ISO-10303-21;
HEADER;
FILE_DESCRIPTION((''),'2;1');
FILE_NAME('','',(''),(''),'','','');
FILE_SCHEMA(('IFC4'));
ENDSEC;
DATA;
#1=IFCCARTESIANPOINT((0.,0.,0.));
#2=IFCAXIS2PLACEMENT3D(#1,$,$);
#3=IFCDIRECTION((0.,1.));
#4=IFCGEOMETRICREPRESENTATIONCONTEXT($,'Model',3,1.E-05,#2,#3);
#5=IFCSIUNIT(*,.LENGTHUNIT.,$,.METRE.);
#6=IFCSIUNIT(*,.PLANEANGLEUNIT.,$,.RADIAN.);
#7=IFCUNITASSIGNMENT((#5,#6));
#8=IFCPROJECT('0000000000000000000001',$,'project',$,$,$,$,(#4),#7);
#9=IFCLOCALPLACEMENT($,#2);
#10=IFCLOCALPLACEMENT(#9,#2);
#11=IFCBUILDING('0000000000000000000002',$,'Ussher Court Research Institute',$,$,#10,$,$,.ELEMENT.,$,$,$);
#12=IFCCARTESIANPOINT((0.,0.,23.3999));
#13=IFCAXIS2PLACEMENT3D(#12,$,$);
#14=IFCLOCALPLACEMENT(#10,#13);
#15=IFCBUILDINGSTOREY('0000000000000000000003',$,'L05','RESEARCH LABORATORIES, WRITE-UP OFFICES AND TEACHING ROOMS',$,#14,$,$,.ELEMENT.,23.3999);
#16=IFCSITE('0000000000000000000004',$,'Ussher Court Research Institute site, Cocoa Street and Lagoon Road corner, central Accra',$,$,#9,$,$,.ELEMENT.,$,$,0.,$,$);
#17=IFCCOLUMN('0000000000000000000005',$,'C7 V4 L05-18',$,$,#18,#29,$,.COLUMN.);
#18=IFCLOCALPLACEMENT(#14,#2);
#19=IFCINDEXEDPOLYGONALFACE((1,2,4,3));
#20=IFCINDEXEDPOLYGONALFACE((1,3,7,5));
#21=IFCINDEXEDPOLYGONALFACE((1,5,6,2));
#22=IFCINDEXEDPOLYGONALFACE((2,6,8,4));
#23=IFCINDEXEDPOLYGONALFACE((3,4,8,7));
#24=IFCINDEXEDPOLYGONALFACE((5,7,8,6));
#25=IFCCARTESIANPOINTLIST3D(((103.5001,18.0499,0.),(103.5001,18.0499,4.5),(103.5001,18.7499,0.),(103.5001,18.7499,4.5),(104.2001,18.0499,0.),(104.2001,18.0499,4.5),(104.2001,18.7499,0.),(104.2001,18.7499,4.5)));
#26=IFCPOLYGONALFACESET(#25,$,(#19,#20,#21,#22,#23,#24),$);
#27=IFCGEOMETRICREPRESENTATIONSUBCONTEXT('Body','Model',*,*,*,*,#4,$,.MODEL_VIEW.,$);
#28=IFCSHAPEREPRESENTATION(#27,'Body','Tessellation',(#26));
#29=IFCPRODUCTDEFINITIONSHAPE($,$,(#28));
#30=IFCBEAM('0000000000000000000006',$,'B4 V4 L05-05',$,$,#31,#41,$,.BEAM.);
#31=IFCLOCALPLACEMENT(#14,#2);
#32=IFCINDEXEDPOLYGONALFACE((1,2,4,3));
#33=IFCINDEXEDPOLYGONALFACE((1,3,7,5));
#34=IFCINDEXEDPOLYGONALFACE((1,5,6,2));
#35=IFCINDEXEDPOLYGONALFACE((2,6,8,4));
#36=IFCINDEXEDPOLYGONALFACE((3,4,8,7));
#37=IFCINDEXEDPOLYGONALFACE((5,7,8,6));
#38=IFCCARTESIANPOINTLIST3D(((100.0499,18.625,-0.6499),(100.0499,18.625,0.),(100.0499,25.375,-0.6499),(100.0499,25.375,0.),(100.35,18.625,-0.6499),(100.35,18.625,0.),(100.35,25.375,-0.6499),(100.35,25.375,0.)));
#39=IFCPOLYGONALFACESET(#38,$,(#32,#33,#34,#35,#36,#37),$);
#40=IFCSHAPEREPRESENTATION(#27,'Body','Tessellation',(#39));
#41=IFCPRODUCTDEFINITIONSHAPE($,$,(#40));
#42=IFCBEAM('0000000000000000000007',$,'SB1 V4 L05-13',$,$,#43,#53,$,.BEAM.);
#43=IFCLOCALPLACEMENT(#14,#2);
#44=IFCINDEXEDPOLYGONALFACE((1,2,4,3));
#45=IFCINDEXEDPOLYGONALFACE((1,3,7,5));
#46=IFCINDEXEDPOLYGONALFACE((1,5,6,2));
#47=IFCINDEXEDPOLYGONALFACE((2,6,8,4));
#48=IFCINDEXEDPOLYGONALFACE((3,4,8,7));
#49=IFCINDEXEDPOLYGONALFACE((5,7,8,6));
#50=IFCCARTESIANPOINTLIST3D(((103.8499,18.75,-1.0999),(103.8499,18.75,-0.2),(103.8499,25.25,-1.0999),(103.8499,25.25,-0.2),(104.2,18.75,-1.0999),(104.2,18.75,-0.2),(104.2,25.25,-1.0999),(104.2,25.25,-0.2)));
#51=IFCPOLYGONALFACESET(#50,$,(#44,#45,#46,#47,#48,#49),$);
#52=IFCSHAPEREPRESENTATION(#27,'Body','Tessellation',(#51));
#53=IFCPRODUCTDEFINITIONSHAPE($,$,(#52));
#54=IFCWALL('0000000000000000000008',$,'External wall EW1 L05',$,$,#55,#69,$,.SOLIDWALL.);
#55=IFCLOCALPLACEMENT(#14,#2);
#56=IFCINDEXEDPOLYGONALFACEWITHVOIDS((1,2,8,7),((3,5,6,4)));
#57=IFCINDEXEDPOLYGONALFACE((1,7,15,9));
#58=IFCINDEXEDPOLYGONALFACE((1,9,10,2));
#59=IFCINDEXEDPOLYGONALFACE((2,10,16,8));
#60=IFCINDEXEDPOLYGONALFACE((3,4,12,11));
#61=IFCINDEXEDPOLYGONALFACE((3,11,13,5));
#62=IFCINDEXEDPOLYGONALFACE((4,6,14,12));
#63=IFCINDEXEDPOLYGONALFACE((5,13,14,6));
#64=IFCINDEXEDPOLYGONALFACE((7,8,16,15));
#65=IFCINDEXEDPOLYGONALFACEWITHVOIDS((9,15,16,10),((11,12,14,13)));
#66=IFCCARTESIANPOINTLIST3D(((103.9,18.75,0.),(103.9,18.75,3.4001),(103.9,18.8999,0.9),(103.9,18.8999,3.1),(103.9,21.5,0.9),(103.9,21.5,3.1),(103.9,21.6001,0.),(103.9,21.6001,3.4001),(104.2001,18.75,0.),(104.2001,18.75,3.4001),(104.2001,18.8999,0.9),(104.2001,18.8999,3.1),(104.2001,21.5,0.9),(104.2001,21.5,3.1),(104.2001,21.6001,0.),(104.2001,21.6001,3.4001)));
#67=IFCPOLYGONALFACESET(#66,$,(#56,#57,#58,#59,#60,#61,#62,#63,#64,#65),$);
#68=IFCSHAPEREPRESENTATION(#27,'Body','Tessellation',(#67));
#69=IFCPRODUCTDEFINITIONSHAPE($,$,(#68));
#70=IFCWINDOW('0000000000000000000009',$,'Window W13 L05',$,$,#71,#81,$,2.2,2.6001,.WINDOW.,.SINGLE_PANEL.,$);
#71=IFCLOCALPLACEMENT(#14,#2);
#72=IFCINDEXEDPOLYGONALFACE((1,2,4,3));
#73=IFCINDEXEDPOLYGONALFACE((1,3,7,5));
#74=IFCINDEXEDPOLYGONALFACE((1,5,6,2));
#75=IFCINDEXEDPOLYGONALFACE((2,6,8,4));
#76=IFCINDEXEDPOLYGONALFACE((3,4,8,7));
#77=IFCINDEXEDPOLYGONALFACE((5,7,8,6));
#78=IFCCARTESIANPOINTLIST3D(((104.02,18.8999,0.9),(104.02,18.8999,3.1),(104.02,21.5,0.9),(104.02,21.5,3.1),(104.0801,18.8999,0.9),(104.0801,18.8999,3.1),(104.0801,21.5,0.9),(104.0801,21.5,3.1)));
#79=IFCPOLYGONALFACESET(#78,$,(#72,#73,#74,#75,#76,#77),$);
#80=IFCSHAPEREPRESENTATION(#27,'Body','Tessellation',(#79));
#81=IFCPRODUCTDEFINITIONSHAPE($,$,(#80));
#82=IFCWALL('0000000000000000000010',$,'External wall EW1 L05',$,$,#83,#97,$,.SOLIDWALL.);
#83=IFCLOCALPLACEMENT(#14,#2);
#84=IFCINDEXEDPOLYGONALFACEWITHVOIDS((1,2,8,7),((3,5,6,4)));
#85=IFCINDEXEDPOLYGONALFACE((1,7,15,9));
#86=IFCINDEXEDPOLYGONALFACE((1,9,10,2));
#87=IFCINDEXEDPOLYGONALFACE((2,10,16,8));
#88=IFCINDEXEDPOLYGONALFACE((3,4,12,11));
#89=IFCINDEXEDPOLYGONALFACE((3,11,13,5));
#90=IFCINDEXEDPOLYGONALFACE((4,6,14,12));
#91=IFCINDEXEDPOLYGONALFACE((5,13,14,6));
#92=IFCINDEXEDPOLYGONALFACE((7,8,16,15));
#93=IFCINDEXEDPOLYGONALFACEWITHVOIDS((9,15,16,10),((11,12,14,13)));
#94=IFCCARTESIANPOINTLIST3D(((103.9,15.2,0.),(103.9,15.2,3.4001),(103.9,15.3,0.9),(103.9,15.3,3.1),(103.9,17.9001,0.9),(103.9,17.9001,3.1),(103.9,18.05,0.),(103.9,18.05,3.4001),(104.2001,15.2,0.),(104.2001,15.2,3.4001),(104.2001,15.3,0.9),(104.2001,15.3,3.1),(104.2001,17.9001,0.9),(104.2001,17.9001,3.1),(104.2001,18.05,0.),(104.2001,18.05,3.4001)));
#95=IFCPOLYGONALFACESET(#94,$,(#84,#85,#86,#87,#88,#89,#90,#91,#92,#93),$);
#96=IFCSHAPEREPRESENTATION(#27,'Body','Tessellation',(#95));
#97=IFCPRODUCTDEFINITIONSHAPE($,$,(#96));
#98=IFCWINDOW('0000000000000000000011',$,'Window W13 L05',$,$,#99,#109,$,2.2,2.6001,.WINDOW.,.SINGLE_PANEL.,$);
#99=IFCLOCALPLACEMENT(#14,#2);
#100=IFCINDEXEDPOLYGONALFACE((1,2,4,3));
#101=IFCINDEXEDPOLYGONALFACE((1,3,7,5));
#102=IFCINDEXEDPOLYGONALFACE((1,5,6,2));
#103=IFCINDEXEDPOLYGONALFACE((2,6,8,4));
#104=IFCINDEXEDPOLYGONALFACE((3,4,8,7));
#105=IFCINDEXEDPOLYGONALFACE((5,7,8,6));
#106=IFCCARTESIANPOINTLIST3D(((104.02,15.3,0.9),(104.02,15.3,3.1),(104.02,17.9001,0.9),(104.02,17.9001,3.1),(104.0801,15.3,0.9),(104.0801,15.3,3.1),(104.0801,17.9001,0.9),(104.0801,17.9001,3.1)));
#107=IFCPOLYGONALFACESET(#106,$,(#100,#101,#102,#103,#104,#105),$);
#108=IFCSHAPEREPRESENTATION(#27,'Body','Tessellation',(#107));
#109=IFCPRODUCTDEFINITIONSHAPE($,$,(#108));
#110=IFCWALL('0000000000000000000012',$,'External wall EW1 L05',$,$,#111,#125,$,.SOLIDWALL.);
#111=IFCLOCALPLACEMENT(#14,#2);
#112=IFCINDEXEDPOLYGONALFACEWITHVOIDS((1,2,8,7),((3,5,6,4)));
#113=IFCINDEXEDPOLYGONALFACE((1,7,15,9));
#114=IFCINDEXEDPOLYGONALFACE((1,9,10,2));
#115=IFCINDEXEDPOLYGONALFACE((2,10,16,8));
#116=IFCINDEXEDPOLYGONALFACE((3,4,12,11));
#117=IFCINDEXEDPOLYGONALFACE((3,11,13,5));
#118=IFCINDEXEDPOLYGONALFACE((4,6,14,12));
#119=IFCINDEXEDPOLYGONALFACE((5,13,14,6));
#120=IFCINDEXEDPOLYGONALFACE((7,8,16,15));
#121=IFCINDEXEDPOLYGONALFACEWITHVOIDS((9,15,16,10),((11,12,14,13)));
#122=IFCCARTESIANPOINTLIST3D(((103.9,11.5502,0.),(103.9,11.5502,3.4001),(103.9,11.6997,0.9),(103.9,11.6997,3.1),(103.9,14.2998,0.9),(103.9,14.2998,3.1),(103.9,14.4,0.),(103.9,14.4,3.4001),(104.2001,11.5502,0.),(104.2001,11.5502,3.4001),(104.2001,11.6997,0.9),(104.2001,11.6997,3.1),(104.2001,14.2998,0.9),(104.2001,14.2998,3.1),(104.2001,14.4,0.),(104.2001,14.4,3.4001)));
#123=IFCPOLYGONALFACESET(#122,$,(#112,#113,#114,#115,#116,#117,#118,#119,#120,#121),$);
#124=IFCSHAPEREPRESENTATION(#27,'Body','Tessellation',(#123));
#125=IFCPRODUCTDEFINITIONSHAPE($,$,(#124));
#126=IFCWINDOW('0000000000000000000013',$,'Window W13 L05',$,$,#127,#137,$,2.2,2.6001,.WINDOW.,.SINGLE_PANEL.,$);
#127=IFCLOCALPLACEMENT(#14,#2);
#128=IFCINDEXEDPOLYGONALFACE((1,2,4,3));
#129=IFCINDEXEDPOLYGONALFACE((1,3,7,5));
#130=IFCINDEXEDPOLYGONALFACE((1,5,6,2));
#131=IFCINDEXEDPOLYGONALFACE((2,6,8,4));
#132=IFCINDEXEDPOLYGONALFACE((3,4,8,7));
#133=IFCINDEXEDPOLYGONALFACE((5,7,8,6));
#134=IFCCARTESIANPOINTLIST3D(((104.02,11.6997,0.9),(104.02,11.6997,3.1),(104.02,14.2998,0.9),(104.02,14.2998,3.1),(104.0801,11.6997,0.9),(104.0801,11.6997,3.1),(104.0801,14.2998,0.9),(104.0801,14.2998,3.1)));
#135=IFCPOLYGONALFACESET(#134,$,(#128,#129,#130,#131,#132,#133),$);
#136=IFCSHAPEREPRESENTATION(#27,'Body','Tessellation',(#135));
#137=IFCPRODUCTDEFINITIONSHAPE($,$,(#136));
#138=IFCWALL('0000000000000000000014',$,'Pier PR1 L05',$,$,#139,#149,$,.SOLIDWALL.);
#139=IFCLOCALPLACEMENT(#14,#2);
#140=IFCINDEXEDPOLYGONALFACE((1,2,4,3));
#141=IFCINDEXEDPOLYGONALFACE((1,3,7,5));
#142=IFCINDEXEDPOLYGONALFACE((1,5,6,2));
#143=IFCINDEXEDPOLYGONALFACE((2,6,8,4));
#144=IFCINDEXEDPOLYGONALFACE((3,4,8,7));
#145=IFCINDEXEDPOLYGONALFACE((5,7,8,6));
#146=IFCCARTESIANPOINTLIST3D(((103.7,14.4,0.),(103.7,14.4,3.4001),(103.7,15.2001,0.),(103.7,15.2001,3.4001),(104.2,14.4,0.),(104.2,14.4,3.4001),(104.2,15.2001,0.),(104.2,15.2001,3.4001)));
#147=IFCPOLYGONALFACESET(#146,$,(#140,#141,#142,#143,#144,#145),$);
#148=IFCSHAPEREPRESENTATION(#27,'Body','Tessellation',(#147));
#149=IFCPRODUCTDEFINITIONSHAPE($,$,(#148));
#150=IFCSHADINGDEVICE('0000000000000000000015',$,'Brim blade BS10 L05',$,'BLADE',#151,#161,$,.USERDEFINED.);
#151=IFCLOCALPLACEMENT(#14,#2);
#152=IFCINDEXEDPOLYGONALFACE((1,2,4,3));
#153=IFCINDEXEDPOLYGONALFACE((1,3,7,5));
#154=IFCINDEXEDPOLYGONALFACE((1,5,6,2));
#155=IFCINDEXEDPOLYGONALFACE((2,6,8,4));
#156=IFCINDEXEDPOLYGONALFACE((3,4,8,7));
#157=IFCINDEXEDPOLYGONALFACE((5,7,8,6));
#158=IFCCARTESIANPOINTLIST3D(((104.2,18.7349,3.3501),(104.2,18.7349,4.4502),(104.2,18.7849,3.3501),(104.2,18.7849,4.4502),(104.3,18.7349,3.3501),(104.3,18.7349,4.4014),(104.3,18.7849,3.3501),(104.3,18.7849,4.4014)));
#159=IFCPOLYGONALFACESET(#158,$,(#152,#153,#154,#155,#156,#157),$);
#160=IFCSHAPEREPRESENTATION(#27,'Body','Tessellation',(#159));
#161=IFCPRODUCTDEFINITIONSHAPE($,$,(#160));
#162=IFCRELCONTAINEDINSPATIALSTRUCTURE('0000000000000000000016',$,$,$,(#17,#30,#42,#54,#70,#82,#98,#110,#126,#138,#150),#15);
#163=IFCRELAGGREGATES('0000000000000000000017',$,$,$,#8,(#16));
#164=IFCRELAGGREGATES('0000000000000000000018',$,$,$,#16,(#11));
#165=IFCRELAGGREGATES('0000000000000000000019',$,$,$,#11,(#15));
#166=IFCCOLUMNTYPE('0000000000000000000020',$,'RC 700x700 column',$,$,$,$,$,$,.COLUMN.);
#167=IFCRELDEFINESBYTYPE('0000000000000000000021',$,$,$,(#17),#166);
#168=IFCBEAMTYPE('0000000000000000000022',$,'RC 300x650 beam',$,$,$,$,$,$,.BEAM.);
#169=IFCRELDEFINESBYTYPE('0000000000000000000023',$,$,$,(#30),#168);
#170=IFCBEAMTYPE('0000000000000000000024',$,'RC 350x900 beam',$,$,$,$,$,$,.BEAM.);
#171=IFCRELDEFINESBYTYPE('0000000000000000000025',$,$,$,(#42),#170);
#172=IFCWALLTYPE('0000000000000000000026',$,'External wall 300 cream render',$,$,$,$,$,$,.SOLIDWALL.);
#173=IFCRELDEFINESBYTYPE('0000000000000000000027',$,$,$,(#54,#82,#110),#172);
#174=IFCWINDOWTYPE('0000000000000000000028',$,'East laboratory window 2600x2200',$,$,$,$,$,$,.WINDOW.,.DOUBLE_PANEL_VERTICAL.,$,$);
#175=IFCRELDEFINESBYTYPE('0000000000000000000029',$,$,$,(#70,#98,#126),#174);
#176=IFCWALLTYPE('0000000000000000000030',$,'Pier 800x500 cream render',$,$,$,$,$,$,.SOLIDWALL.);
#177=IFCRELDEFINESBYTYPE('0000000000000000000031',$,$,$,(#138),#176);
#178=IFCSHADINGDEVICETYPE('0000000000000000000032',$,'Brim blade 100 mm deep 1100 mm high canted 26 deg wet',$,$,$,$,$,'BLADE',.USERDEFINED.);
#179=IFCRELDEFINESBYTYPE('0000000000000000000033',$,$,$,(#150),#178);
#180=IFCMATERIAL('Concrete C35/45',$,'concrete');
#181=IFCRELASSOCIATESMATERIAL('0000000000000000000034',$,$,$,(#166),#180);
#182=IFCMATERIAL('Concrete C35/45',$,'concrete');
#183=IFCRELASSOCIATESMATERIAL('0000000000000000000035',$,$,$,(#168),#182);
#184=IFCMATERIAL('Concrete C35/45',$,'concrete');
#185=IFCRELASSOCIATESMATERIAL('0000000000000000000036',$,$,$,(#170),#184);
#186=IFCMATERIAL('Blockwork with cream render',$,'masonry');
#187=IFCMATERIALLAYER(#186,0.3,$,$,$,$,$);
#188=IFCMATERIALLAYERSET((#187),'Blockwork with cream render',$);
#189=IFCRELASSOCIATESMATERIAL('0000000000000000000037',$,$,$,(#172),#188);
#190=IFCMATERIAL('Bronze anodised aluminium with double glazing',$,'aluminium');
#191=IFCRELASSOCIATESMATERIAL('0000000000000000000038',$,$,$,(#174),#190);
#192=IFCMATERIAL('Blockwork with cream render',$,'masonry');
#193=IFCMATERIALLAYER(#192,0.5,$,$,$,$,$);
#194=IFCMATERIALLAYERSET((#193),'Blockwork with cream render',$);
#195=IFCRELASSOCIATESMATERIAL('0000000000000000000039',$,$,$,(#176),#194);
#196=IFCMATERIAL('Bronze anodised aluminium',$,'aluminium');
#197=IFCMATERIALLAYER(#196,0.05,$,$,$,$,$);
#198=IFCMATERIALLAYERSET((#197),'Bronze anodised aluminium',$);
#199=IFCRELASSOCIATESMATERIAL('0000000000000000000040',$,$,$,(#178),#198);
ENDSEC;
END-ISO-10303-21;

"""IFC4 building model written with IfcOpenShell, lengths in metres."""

from ifc_helpers import new_model, si_unit, direction, frame, frame_2d, origin, origin_2d, place, context, subcontext, project, spatial, polyline, rectangle, outline, extrude, material, layer, layer_set, material_profile, profile_set, type_object, element, fill, save


model = new_model("IFC4")

# Units and contexts
model_context = context("Model", 3, precision=1e-05, world=origin(), true_north=direction((0.0, 1.0)))
body_context = subcontext(model_context, "Body", "Model", "MODEL_VIEW")
ifc_project = project(units=[si_unit("LENGTHUNIT", "METRE"), si_unit("PLANEANGLEUNIT", "RADIAN")], contexts=[model_context])

# Site, building, storey
site_placement = place(None, origin())
site = spatial("IfcSite", under=ifc_project, at=site_placement, Name="Ussher Court Research Institute site, Cocoa Street and Lagoon Road corner, central Accra", CompositionType="ELEMENT", RefElevation=0.0)
building_placement = place(site_placement, origin())
building = spatial("IfcBuilding", under=site, at=building_placement, Name="Ussher Court Research Institute", CompositionType="ELEMENT")
storey_placement = place(building_placement, frame((0.0, 0.0, 23.3999)))
storey = spatial("IfcBuildingStorey", under=building, at=storey_placement, Name="L05", Description="RESEARCH LABORATORIES, WRITE-UP OFFICES AND TEACHING ROOMS", CompositionType="ELEMENT", Elevation=23.3999)

# Column
ifc_material_1 = material(Name="Concrete C35/45", Category="concrete")
ifc_material_profile_1 = material_profile(ifc_material_1, rectangle(XDim=0.7, YDim=0.7, at=origin_2d()), Name="RC 700x700")
ifc_profile_set_1 = profile_set([ifc_material_profile_1], Name="Concrete C35/45")
column_type = type_object("IfcColumnType", Name="RC 700x700 column", PredefinedType="COLUMN", material=ifc_profile_set_1)
column_placement = place(storey_placement, frame((103.8501, 18.3999, 0.0), z_axis=(0.0, 0.0, 1.0), x_axis=(1.0, 0.0, 0.0)))
element("IfcColumn", 1, at=column_placement, inside=storey, type_object=column_type, Name="C7 V4 L05-18", PredefinedType="COLUMN", context=body_context, shape_type="SweptSolid", body=[
    extrude(rectangle(XDim=0.7, YDim=0.7, at=origin_2d()), origin(), (0.0, 0.0, 1.0), 4.5),
])

# Beams
ifc_material_2 = material(Name="Concrete C35/45", Category="concrete")
ifc_material_profile_2 = material_profile(ifc_material_2, rectangle(XDim=0.3, YDim=0.6499, at=origin_2d()), Name="RC 300x650")
ifc_profile_set_2 = profile_set([ifc_material_profile_2], Name="Concrete C35/45")
beam_type_1 = type_object("IfcBeamType", Name="RC 300x650 beam", PredefinedType="BEAM", material=ifc_profile_set_2)
beam_1_placement = place(storey_placement, frame((100.2, 18.625, -0.325), z_axis=(0.0, 1.0, 0.0), x_axis=(-1.0, 0.0, 0.0)))
element("IfcBeam", 2, at=beam_1_placement, inside=storey, type_object=beam_type_1, Name="B4 V4 L05-05", PredefinedType="BEAM", context=body_context, shape_type="SweptSolid", body=[
    extrude(rectangle(XDim=0.3, YDim=0.6499, at=origin_2d()), origin(), (0.0, 0.0, 1.0), 6.75),
])
ifc_material_3 = material(Name="Concrete C35/45", Category="concrete")
ifc_material_profile_3 = material_profile(ifc_material_3, rectangle(XDim=0.3501, YDim=0.8999, at=origin_2d()), Name="RC 350x900")
ifc_profile_set_3 = profile_set([ifc_material_profile_3], Name="Concrete C35/45")
beam_type_2 = type_object("IfcBeamType", Name="RC 350x900 beam", PredefinedType="BEAM", material=ifc_profile_set_3)
beam_2_placement = place(storey_placement, frame((104.0249, 18.75, -0.6499), z_axis=(0.0, 1.0, 0.0), x_axis=(-1.0, 0.0, 0.0)))
element("IfcBeam", 3, at=beam_2_placement, inside=storey, type_object=beam_type_2, Name="SB1 V4 L05-13", PredefinedType="BEAM", context=body_context, shape_type="SweptSolid", body=[
    extrude(rectangle(XDim=0.3501, YDim=0.8999, at=origin_2d()), origin(), (0.0, 0.0, 1.0), 6.5),
])

# Walls, openings, windows
ifc_material_4 = material(Name="Blockwork with cream render", Category="masonry")
ifc_layer_1 = layer(ifc_material_4, 0.3)
ifc_layer_set_1 = layer_set([ifc_layer_1], Name="Blockwork with cream render")
wall_type_1 = type_object("IfcWallType", Name="External wall 300 cream render", PredefinedType="SOLIDWALL", material=ifc_layer_set_1)
wall_1_placement = place(storey_placement, frame((104.05, 21.6001, 0.0), z_axis=(0.0, 0.0, 1.0), x_axis=(0.0, -1.0, 0.0)))
wall_1 = element("IfcWall", 4, at=wall_1_placement, inside=storey, type_object=wall_type_1, Name="External wall EW1 L05", PredefinedType="SOLIDWALL", context=body_context, shape_type="SweptSolid", body=[
    extrude(rectangle(XDim=2.8501, YDim=0.3, at=frame_2d((1.425, 0.0))), origin(), (0.0, 0.0, 1.0), 3.4001),
])
opening_1_placement = place(wall_1_placement, frame((0.1001, 0.0, 0.8999)))
opening_1 = element("IfcOpeningElement", 5, at=opening_1_placement, cuts=wall_1, PredefinedType="OPENING", context=body_context, shape_type="SweptSolid", body=[
    extrude(rectangle(XDim=2.6001, YDim=2.2, at=frame_2d((1.3, 1.1001))), frame((0.0, 0.1602, 0.0), z_axis=(0.0, -1.0, 0.0), x_axis=(1.0, 0.0, 0.0)), (0.0, 0.0, 1.0), 0.3201),
])
ifc_material_5 = material(Name="Bronze anodised aluminium with double glazing", Category="aluminium")
window_type = type_object("IfcWindowType", Name="East laboratory window 2600x2200", PartitioningType="DOUBLE_PANEL_VERTICAL", PredefinedType="WINDOW", material=ifc_material_5)
window_1_placement = place(opening_1_placement, origin())
window_1 = element("IfcWindow", 6, at=window_1_placement, inside=storey, type_object=window_type, Name="Window W13 L05", OverallHeight=2.2, OverallWidth=2.6001, PartitioningType="SINGLE_PANEL", PredefinedType="WINDOW", context=body_context, shape_type="SweptSolid", body=[
    extrude(rectangle(XDim=2.6001, YDim=2.2, at=frame_2d((1.3, 1.1001))), frame((0.0, 0.03, 0.0), z_axis=(0.0, -1.0, 0.0), x_axis=(1.0, 0.0, 0.0)), (0.0, 0.0, 1.0), 0.0601),
])
fill(opening_1, window_1)
wall_2_placement = place(storey_placement, frame((104.05, 18.05, 0.0), z_axis=(0.0, 0.0, 1.0), x_axis=(0.0, -1.0, 0.0)))
wall_2 = element("IfcWall", 7, at=wall_2_placement, inside=storey, type_object=wall_type_1, Name="External wall EW1 L05", PredefinedType="SOLIDWALL", context=body_context, shape_type="SweptSolid", body=[
    extrude(rectangle(XDim=2.8501, YDim=0.3, at=frame_2d((1.425, 0.0))), origin(), (0.0, 0.0, 1.0), 3.4001),
])
opening_2_placement = place(wall_2_placement, frame((0.1499, 0.0, 0.8999)))
opening_2 = element("IfcOpeningElement", 8, at=opening_2_placement, cuts=wall_2, PredefinedType="OPENING", context=body_context, shape_type="SweptSolid", body=[
    extrude(rectangle(XDim=2.6001, YDim=2.2, at=frame_2d((1.3, 1.1001))), frame((0.0, 0.1602, 0.0), z_axis=(0.0, -1.0, 0.0), x_axis=(1.0, 0.0, 0.0)), (0.0, 0.0, 1.0), 0.3201),
])
window_2_placement = place(opening_2_placement, origin())
window_2 = element("IfcWindow", 9, at=window_2_placement, inside=storey, type_object=window_type, Name="Window W13 L05", OverallHeight=2.2, OverallWidth=2.6001, PartitioningType="SINGLE_PANEL", PredefinedType="WINDOW", context=body_context, shape_type="SweptSolid", body=[
    extrude(rectangle(XDim=2.6001, YDim=2.2, at=frame_2d((1.3, 1.1001))), frame((0.0, 0.03, 0.0), z_axis=(0.0, -1.0, 0.0), x_axis=(1.0, 0.0, 0.0)), (0.0, 0.0, 1.0), 0.0601),
])
fill(opening_2, window_2)
wall_3_placement = place(storey_placement, frame((104.05, 14.3999, 0.0), z_axis=(0.0, 0.0, 1.0), x_axis=(0.0, -1.0, 0.0)))
wall_3 = element("IfcWall", 10, at=wall_3_placement, inside=storey, type_object=wall_type_1, Name="External wall EW1 L05", PredefinedType="SOLIDWALL", context=body_context, shape_type="SweptSolid", body=[
    extrude(rectangle(XDim=2.8499, YDim=0.3, at=frame_2d((1.4248, 0.0))), origin(), (0.0, 0.0, 1.0), 3.4001),
])
opening_3_placement = place(wall_3_placement, frame((0.1001, 0.0, 0.8999)))
opening_3 = element("IfcOpeningElement", 11, at=opening_3_placement, cuts=wall_3, PredefinedType="OPENING", context=body_context, shape_type="SweptSolid", body=[
    extrude(rectangle(XDim=2.6001, YDim=2.2, at=frame_2d((1.3, 1.1001))), frame((0.0, 0.1602, 0.0), z_axis=(0.0, -1.0, 0.0), x_axis=(1.0, 0.0, 0.0)), (0.0, 0.0, 1.0), 0.3201),
])
window_3_placement = place(opening_3_placement, origin())
window_3 = element("IfcWindow", 12, at=window_3_placement, inside=storey, type_object=window_type, Name="Window W13 L05", OverallHeight=2.2, OverallWidth=2.6001, PartitioningType="SINGLE_PANEL", PredefinedType="WINDOW", context=body_context, shape_type="SweptSolid", body=[
    extrude(rectangle(XDim=2.6001, YDim=2.2, at=frame_2d((1.3, 1.1001))), frame((0.0, 0.03, 0.0), z_axis=(0.0, -1.0, 0.0), x_axis=(1.0, 0.0, 0.0)), (0.0, 0.0, 1.0), 0.0601),
])
fill(opening_3, window_3)

# Wall
ifc_material_6 = material(Name="Blockwork with cream render", Category="masonry")
ifc_layer_2 = layer(ifc_material_6, 0.5)
ifc_layer_set_2 = layer_set([ifc_layer_2], Name="Blockwork with cream render")
wall_type_2 = type_object("IfcWallType", Name="Pier 800x500 cream render", PredefinedType="SOLIDWALL", material=ifc_layer_set_2)
wall_4_placement = place(storey_placement, frame((103.95, 15.2, 0.0), z_axis=(0.0, 0.0, 1.0), x_axis=(0.0, -1.0, 0.0)))
element("IfcWall", 13, at=wall_4_placement, inside=storey, type_object=wall_type_2, Name="Pier PR1 L05", PredefinedType="SOLIDWALL", context=body_context, shape_type="SweptSolid", body=[
    extrude(rectangle(XDim=0.8, YDim=0.5, at=frame_2d((0.3999, 0.0))), origin(), (0.0, 0.0, 1.0), 3.4001),
])

# Shading device
ifc_material_7 = material(Name="Bronze anodised aluminium", Category="aluminium")
ifc_layer_3 = layer(ifc_material_7, 0.05)
ifc_layer_set_3 = layer_set([ifc_layer_3], Name="Bronze anodised aluminium")
shading_device_type_1 = type_object("IfcShadingDeviceType", Name="Brim blade 100 mm deep 1100 mm high canted 26 deg wet", ElementType="BLADE", PredefinedType="USERDEFINED", material=ifc_layer_set_3)
for number, where, z_axis, x_axis, name in (
    (14, (104.2, 18.76, 3.3501), (0.0, 0.0, 1.0), (1.0, 0.0, 0.0), "Brim blade BS10 L05"),
):
    element("IfcShadingDevice", number, at=place(storey_placement, frame(where, z_axis=z_axis, x_axis=x_axis)), inside=storey, type_object=shading_device_type_1, Name=name, ObjectType="BLADE", PredefinedType="USERDEFINED", context=body_context, shape_type="SweptSolid", body=[
        extrude(outline(polyline([(0.0, 0.0), (0.1001, 0.0), (0.1001, 1.0513), (0.0, 1.1001), (0.0, 0.0)])), frame((0.0, 0.0249, 0.0), z_axis=(0.0, -1.0, 0.0), x_axis=(1.0, 0.0, 0.0)), (0.0, 0.0, 1.0), 0.05),
    ])

save(model, "model.ifc")
